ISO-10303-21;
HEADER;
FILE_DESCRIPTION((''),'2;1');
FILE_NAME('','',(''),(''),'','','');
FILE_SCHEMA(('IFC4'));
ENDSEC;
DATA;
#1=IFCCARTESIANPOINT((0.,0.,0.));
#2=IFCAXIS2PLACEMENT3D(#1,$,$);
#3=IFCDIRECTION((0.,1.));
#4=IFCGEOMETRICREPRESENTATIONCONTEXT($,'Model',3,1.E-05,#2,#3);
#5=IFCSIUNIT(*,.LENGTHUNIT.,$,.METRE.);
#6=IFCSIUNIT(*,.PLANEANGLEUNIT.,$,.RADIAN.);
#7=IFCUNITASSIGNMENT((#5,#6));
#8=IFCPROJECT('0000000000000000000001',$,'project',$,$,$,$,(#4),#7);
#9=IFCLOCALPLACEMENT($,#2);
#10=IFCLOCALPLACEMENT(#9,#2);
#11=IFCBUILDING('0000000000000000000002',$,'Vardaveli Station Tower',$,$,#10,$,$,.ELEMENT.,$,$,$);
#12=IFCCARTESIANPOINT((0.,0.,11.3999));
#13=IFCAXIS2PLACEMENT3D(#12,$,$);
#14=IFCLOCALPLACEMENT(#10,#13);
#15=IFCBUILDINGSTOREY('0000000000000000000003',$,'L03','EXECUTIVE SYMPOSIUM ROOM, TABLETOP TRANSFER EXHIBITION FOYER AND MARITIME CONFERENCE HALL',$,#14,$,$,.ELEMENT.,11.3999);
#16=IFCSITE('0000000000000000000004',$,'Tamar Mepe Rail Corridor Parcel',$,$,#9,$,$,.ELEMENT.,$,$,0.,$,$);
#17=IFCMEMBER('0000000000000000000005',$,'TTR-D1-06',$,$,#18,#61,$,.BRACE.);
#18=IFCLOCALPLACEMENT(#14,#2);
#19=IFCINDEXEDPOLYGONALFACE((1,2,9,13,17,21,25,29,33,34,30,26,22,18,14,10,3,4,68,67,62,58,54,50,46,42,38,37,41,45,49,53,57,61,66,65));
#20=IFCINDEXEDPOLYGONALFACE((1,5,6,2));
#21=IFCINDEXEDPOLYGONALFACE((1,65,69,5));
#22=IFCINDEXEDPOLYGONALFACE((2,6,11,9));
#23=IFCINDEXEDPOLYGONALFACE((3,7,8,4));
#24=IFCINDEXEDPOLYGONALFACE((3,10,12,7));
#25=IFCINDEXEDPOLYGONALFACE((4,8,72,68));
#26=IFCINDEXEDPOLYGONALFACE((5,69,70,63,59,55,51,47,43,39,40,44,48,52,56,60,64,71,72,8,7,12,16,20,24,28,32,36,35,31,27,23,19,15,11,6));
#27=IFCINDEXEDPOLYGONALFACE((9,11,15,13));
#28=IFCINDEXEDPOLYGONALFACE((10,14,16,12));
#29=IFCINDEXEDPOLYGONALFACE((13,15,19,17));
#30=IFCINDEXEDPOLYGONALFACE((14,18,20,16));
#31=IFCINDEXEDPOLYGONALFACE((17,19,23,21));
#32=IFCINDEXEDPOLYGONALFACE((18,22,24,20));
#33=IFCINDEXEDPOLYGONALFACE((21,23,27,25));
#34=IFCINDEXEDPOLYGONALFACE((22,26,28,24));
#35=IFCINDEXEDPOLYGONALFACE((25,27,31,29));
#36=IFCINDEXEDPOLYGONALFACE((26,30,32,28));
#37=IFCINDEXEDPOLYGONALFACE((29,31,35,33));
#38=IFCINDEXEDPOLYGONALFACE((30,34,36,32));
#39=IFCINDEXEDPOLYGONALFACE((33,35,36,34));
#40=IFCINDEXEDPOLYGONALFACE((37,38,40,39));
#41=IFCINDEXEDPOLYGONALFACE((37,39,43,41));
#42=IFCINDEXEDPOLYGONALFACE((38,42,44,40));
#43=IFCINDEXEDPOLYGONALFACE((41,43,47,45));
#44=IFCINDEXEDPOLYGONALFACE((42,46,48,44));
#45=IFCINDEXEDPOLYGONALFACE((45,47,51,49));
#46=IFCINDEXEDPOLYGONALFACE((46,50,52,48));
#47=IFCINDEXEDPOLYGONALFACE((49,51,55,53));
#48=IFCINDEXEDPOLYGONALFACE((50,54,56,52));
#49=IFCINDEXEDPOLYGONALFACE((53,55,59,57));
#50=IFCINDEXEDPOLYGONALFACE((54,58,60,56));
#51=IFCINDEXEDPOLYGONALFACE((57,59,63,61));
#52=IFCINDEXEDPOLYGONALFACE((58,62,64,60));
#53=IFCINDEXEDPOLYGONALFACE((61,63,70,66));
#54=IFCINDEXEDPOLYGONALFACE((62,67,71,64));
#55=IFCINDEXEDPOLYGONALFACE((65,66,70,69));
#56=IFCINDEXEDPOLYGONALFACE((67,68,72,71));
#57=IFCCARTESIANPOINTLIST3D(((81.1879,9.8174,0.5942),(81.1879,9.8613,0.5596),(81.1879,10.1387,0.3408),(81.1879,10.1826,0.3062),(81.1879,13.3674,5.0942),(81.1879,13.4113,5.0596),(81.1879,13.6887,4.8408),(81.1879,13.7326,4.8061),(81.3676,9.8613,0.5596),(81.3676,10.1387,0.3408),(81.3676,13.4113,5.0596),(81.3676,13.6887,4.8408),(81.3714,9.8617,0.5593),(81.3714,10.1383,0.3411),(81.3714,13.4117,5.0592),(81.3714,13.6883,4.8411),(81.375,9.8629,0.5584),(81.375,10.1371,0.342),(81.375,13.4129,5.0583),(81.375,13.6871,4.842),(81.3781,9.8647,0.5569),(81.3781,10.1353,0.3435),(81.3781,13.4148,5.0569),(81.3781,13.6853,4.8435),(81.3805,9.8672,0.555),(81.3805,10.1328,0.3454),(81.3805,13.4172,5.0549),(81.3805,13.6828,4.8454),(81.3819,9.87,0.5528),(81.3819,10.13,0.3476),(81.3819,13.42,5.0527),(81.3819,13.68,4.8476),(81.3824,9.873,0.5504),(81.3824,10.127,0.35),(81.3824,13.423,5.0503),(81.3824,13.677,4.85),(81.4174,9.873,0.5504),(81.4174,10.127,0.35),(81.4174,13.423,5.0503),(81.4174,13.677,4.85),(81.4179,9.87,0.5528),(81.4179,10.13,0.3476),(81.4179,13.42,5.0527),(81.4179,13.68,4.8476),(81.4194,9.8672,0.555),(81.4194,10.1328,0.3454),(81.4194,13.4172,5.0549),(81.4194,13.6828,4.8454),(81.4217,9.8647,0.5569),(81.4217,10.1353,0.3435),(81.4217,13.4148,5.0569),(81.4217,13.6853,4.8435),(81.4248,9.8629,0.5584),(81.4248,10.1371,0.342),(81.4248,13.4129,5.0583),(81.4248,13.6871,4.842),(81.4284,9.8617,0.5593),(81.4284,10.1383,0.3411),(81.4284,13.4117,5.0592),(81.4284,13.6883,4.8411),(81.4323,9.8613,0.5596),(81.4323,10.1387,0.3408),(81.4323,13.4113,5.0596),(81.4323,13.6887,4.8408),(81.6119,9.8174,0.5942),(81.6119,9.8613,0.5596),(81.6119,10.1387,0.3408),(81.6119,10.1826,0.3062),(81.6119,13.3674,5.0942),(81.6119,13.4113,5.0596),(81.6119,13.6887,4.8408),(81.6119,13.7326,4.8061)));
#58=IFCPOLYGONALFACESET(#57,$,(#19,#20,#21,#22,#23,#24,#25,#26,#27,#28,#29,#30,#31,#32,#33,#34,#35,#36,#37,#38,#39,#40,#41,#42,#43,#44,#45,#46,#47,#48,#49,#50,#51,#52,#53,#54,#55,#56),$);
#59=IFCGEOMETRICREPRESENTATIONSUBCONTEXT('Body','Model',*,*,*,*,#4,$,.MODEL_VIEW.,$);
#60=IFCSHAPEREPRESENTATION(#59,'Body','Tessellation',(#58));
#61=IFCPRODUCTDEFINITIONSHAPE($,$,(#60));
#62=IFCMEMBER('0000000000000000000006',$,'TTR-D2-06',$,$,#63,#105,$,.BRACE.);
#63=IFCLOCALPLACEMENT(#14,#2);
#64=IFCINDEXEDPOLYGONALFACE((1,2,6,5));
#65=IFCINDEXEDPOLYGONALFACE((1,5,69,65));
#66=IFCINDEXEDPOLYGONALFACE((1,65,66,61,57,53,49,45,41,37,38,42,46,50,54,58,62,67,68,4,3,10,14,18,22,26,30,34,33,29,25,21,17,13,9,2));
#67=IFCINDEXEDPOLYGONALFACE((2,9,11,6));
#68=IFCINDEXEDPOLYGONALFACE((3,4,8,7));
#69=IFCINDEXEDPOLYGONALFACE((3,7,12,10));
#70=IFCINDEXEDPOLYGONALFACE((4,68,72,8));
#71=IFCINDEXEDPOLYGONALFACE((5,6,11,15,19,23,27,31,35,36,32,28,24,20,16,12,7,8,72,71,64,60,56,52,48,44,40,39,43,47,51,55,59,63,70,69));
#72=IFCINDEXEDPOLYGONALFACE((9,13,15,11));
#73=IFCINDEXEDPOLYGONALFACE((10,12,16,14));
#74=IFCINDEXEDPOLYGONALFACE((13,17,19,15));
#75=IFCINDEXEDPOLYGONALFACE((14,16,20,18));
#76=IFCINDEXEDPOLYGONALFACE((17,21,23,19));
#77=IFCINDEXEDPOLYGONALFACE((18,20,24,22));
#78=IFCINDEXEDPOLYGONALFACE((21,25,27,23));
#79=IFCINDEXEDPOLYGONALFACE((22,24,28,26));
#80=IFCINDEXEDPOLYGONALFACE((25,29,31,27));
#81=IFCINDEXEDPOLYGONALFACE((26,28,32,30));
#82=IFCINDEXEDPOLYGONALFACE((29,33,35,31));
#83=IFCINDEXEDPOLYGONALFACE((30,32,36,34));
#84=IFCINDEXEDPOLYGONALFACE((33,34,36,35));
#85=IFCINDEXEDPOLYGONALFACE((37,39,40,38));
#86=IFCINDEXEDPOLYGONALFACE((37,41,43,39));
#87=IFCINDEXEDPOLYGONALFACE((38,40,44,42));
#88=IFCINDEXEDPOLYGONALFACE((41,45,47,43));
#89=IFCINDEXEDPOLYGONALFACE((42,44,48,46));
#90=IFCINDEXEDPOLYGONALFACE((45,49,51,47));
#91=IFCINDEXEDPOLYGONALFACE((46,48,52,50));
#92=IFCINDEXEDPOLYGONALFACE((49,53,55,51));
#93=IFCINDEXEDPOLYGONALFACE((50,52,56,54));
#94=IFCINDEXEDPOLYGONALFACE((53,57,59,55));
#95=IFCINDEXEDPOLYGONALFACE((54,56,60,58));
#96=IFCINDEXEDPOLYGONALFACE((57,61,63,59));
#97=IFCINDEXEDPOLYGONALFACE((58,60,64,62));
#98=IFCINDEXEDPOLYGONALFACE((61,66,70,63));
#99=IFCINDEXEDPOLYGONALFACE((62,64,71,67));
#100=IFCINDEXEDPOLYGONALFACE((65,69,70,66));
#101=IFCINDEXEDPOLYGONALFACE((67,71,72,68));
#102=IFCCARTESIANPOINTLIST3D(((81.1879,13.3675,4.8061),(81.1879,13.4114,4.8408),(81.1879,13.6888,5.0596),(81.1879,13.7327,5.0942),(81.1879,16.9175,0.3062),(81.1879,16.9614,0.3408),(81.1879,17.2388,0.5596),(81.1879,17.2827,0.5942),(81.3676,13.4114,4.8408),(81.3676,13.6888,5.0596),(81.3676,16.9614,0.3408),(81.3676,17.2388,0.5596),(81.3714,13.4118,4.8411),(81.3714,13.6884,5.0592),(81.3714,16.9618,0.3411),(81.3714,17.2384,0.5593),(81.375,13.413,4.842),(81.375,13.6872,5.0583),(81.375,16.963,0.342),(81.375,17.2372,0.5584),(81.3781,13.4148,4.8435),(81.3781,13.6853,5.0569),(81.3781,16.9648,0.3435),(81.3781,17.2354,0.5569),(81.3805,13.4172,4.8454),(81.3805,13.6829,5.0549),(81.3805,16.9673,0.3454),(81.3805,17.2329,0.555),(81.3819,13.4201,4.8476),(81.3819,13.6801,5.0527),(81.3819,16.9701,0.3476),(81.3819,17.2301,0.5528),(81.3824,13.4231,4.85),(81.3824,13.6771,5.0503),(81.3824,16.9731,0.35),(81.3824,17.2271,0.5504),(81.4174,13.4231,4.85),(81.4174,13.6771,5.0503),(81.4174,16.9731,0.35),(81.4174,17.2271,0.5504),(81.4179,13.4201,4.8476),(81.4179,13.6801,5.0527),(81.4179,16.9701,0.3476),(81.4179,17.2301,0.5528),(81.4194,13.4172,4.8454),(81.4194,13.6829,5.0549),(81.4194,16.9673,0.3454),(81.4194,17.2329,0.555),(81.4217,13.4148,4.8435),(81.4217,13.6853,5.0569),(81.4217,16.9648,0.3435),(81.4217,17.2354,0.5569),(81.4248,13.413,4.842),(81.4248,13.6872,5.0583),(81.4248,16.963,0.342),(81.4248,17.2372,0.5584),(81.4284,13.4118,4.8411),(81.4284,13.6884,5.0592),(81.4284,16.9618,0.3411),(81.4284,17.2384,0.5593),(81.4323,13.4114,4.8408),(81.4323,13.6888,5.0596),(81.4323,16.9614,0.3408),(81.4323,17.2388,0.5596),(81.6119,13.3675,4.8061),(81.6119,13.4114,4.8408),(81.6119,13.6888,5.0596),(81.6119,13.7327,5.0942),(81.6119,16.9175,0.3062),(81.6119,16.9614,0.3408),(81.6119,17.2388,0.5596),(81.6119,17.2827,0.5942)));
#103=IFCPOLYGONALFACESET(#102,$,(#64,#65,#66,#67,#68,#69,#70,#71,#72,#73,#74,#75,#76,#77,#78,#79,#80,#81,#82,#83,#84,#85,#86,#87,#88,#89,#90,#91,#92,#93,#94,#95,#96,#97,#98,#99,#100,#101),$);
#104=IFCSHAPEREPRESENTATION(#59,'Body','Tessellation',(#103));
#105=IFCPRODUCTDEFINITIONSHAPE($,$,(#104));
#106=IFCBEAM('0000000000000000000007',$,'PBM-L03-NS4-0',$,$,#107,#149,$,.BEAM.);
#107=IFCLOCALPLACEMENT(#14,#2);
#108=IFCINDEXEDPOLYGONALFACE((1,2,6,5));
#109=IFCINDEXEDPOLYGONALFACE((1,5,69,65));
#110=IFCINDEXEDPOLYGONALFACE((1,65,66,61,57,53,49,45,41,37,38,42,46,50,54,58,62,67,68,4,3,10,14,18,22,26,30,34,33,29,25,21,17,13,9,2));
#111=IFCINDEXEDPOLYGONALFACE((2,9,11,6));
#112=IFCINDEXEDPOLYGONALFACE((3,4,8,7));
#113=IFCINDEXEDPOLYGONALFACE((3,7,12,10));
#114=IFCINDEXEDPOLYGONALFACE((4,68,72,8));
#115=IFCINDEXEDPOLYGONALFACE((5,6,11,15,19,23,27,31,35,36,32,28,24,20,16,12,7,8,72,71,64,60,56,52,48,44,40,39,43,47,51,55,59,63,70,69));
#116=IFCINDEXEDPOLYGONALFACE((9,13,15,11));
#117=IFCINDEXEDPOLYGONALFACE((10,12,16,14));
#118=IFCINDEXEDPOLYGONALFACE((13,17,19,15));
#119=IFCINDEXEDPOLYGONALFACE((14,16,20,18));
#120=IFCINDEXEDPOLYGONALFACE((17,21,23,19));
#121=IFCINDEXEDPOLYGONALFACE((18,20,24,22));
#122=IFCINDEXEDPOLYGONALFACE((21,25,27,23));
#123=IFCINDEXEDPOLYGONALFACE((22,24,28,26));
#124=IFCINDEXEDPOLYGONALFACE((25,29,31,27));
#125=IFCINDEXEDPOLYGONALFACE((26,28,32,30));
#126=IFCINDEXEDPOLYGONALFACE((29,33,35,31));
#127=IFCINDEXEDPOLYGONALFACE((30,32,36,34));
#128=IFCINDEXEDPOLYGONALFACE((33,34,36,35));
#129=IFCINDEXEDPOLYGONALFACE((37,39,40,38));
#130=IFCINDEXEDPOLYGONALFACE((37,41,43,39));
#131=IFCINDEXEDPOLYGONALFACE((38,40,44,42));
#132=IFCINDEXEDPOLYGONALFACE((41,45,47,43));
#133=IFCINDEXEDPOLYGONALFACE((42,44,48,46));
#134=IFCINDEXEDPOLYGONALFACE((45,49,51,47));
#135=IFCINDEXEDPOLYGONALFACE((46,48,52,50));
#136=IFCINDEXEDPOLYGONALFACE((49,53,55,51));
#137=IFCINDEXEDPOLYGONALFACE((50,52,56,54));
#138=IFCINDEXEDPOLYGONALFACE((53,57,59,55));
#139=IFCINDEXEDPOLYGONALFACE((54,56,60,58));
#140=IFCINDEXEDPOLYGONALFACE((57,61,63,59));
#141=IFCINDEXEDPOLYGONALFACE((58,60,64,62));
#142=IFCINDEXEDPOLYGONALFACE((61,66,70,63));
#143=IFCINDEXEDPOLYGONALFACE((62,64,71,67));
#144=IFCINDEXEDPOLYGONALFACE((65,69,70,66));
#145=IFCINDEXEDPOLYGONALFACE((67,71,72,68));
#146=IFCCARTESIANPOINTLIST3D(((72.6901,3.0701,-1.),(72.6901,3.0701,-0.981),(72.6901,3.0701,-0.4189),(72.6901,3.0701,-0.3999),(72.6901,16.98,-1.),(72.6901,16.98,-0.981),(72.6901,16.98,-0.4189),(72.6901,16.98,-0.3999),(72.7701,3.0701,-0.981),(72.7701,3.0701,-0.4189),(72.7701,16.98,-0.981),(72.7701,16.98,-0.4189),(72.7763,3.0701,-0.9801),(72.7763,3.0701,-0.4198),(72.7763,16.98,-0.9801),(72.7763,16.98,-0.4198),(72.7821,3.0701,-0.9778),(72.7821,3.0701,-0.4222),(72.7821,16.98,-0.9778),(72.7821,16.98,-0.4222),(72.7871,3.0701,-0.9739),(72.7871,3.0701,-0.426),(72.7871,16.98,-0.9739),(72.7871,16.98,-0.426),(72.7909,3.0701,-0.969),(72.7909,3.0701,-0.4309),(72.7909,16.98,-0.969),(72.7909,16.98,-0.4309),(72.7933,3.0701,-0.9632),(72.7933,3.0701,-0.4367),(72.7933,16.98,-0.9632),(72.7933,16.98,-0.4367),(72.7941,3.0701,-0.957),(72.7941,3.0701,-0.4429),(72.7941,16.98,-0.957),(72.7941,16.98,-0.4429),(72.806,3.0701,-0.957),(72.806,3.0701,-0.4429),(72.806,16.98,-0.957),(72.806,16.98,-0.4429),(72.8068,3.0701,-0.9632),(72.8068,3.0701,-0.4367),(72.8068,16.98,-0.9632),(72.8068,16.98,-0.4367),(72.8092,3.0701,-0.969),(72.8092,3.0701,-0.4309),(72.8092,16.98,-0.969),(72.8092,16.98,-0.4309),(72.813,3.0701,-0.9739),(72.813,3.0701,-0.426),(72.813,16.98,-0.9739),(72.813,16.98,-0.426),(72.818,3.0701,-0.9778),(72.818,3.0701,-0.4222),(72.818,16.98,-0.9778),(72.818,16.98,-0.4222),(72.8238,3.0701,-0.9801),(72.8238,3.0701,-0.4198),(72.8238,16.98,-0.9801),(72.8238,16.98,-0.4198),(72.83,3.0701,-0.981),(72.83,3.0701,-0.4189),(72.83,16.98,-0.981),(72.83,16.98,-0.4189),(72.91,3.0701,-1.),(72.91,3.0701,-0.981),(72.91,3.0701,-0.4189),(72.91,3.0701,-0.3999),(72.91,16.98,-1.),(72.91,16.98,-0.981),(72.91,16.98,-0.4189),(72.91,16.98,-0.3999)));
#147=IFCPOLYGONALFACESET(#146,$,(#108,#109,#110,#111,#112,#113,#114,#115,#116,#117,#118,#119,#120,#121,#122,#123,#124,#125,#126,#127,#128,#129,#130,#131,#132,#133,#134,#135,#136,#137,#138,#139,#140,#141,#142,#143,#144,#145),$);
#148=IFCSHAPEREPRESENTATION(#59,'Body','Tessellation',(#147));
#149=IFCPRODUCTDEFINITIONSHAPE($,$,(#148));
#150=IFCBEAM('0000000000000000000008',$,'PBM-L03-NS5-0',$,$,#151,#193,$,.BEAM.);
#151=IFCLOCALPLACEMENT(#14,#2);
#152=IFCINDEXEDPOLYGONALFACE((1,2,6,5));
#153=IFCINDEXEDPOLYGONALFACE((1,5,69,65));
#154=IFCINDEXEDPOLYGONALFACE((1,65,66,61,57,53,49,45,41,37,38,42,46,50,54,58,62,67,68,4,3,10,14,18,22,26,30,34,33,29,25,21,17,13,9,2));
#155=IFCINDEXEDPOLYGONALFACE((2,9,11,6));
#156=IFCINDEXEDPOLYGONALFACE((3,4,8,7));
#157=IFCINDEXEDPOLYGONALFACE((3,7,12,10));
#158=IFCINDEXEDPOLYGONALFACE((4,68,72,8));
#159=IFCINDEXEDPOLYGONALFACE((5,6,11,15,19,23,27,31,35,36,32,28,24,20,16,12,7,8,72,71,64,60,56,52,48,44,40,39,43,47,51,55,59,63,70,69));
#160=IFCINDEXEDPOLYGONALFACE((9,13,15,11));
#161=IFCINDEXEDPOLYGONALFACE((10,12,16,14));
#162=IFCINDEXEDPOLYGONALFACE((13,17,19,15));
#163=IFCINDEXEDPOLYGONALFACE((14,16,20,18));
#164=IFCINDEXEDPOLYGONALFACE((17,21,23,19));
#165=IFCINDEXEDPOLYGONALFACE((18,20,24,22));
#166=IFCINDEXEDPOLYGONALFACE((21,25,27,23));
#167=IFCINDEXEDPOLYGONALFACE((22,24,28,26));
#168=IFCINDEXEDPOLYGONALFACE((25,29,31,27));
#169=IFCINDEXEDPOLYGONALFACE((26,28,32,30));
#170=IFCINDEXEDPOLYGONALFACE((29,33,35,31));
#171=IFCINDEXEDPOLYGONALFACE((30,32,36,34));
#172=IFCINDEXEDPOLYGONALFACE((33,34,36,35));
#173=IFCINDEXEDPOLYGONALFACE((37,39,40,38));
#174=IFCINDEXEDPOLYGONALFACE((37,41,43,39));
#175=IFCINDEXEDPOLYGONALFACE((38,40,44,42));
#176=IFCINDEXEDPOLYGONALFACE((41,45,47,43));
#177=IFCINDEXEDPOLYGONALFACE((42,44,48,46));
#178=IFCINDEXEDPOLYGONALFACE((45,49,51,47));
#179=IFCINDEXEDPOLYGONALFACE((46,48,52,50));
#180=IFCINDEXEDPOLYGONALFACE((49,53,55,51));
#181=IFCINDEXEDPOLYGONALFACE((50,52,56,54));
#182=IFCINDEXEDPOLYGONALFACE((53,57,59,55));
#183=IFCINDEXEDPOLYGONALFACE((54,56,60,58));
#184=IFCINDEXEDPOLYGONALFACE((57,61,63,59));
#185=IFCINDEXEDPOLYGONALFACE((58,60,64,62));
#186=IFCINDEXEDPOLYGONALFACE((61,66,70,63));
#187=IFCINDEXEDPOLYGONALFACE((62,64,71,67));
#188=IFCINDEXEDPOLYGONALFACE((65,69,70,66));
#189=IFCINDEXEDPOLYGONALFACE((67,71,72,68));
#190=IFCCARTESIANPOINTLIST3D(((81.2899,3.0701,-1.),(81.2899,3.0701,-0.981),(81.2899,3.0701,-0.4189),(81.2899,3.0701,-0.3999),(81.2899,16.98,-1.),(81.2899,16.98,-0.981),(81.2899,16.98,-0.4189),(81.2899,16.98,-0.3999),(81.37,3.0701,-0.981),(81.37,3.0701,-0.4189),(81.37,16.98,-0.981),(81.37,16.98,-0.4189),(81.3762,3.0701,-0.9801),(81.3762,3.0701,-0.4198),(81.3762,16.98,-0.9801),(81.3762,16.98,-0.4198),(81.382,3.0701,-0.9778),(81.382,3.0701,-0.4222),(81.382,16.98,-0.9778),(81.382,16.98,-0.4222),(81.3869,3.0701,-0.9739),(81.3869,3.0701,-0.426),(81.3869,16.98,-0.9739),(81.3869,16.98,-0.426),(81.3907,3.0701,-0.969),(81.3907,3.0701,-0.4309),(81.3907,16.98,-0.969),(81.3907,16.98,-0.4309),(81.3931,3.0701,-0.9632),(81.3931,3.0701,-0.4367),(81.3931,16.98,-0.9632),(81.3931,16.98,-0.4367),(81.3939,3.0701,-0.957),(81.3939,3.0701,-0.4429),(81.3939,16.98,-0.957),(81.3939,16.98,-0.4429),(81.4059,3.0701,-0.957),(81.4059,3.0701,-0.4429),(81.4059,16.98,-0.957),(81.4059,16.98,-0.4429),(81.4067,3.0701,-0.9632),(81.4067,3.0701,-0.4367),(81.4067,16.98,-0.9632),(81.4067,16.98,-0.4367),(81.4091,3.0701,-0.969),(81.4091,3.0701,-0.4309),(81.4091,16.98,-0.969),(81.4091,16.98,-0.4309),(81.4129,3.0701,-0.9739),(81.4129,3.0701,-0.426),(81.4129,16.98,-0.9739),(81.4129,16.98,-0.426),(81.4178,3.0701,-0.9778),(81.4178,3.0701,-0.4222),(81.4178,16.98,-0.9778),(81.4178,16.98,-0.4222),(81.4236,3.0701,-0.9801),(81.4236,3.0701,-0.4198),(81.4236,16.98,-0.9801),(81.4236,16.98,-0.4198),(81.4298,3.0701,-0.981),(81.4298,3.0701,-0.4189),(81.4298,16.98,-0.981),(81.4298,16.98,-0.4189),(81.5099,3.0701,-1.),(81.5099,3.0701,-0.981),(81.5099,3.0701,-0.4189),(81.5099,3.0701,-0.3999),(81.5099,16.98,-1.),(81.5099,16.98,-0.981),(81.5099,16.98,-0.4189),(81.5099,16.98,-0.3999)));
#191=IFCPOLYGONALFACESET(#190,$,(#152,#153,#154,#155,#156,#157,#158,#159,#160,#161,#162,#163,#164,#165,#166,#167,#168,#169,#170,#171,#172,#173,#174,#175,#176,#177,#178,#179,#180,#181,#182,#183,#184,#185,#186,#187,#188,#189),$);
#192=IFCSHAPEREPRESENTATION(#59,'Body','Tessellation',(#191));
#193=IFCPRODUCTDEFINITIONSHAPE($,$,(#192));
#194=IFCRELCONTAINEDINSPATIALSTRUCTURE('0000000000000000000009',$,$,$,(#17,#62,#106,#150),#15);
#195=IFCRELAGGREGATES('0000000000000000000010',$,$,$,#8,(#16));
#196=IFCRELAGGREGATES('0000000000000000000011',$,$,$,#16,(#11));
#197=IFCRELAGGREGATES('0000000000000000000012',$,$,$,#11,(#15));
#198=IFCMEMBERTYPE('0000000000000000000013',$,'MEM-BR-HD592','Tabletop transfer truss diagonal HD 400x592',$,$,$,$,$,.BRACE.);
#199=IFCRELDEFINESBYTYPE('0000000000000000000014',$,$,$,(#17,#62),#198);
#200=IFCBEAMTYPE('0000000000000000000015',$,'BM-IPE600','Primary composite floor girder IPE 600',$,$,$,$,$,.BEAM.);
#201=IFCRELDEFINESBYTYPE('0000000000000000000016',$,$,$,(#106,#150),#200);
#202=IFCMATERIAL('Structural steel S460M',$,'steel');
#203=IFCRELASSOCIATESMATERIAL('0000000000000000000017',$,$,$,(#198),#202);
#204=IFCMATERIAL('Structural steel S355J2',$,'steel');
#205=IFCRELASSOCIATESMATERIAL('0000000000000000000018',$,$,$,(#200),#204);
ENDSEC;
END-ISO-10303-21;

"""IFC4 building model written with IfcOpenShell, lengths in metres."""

from ifc_helpers import new_model, si_unit, direction, frame, origin, origin_2d, place, context, subcontext, project, spatial, i_section, extrude, source, transform, mapped, material, material_profile, profile_set, type_object, element, save


model = new_model("IFC4")

# Units and contexts
model_context = context("Model", 3, precision=1e-05, world=origin(), true_north=direction((0.0, 1.0)))
body_context = subcontext(model_context, "Body", "Model", "MODEL_VIEW")
ifc_project = project(units=[si_unit("LENGTHUNIT", "METRE"), si_unit("PLANEANGLEUNIT", "RADIAN")], contexts=[model_context])

# Site, building, storey
site_placement = place(None, origin())
site = spatial("IfcSite", under=ifc_project, at=site_placement, Name="Tamar Mepe Rail Corridor Parcel", CompositionType="ELEMENT", RefElevation=0.0)
building_placement = place(site_placement, origin())
building = spatial("IfcBuilding", under=site, at=building_placement, Name="Vardaveli Station Tower", CompositionType="ELEMENT")
storey_placement = place(building_placement, frame((0.0, 0.0, 11.3999)))
storey = spatial("IfcBuildingStorey", under=building, at=storey_placement, Name="L03", Description="EXECUTIVE SYMPOSIUM ROOM, TABLETOP TRANSFER EXHIBITION FOYER AND MARITIME CONFERENCE HALL", CompositionType="ELEMENT", Elevation=11.3999)

# Members
ifc_material_1 = material(Name="Structural steel S460M", Category="steel")
ifc_material_profile_1 = material_profile(ifc_material_1, i_section(OverallWidth=0.4241, OverallDepth=0.4651, WebThickness=0.0349, FlangeThickness=0.0559, FilletRadius=0.0149, at=origin_2d()), Name="HD 400x592")
ifc_profile_set_1 = profile_set([ifc_material_profile_1], Name="Structural steel S460M")
member_type_1 = type_object("IfcMemberType", Name="MEM-BR-HD592", Description="Tabletop transfer truss diagonal HD 400x592", PredefinedType="BRACE", material=ifc_profile_set_1)
shared_shape_1 = source(origin(), body_context, "Body", "SweptSolid", [
    extrude(i_section(OverallWidth=0.4241, OverallDepth=0.4651, WebThickness=0.0349, FlangeThickness=0.0559, FilletRadius=0.0149, at=origin_2d()), origin(), (0.0, 0.0, 1.0), 5.7317),
])
for number, where, z_axis, x_axis, name in (
    (1, (81.3999, 10.0, 0.4502), (0.0, 0.619367, 0.785102), (-1.0, 0.0, 0.0), "TTR-D1-06"),
    (2, (81.3999, 17.1001, 0.4502), (0.0, -0.619367, 0.785102), (1.0, 0.0, 0.0), "TTR-D2-06"),
):
    element("IfcMember", number, at=place(storey_placement, frame(where, z_axis=z_axis, x_axis=x_axis)), inside=storey, type_object=member_type_1, Name=name, PredefinedType="BRACE", context=body_context, shape_type="MappedRepresentation", body=[
        mapped(shared_shape_1, transform((0.0, 0.0, 0.0), scale=1.0)),
    ])

# Beams
ifc_material_2 = material(Name="Structural steel S355J2", Category="steel")
ifc_material_profile_2 = material_profile(ifc_material_2, i_section(OverallWidth=0.22, OverallDepth=0.6001, WebThickness=0.012, FlangeThickness=0.019, FilletRadius=0.0239, at=origin_2d()), Name="IPE 600")
ifc_profile_set_2 = profile_set([ifc_material_profile_2], Name="Structural steel S355J2")
beam_type_1 = type_object("IfcBeamType", Name="BM-IPE600", Description="Primary composite floor girder IPE 600", PredefinedType="BEAM", material=ifc_profile_set_2)
shared_shape_2 = source(origin(), body_context, "Body", "SweptSolid", [
    extrude(i_section(OverallWidth=0.22, OverallDepth=0.6001, WebThickness=0.012, FlangeThickness=0.019, FilletRadius=0.0239, at=origin_2d()), origin(), (0.0, 0.0, 1.0), 13.9099),
])
for number, where, z_axis, x_axis, name in (
    (3, (72.8, 3.0701, -0.7), (0.0, 1.0, 0.0), (-1.0, 0.0, 0.0), "PBM-L03-NS4-0"),
    (4, (81.3999, 3.0701, -0.7), (0.0, 1.0, 0.0), (-1.0, 0.0, 0.0), "PBM-L03-NS5-0"),
):
    element("IfcBeam", number, at=place(storey_placement, frame(where, z_axis=z_axis, x_axis=x_axis)), inside=storey, type_object=beam_type_1, Name=name, PredefinedType="BEAM", context=body_context, shape_type="MappedRepresentation", body=[
        mapped(shared_shape_2, transform((0.0, 0.0, 0.0), scale=1.0)),
    ])

save(model, "model.ifc")
